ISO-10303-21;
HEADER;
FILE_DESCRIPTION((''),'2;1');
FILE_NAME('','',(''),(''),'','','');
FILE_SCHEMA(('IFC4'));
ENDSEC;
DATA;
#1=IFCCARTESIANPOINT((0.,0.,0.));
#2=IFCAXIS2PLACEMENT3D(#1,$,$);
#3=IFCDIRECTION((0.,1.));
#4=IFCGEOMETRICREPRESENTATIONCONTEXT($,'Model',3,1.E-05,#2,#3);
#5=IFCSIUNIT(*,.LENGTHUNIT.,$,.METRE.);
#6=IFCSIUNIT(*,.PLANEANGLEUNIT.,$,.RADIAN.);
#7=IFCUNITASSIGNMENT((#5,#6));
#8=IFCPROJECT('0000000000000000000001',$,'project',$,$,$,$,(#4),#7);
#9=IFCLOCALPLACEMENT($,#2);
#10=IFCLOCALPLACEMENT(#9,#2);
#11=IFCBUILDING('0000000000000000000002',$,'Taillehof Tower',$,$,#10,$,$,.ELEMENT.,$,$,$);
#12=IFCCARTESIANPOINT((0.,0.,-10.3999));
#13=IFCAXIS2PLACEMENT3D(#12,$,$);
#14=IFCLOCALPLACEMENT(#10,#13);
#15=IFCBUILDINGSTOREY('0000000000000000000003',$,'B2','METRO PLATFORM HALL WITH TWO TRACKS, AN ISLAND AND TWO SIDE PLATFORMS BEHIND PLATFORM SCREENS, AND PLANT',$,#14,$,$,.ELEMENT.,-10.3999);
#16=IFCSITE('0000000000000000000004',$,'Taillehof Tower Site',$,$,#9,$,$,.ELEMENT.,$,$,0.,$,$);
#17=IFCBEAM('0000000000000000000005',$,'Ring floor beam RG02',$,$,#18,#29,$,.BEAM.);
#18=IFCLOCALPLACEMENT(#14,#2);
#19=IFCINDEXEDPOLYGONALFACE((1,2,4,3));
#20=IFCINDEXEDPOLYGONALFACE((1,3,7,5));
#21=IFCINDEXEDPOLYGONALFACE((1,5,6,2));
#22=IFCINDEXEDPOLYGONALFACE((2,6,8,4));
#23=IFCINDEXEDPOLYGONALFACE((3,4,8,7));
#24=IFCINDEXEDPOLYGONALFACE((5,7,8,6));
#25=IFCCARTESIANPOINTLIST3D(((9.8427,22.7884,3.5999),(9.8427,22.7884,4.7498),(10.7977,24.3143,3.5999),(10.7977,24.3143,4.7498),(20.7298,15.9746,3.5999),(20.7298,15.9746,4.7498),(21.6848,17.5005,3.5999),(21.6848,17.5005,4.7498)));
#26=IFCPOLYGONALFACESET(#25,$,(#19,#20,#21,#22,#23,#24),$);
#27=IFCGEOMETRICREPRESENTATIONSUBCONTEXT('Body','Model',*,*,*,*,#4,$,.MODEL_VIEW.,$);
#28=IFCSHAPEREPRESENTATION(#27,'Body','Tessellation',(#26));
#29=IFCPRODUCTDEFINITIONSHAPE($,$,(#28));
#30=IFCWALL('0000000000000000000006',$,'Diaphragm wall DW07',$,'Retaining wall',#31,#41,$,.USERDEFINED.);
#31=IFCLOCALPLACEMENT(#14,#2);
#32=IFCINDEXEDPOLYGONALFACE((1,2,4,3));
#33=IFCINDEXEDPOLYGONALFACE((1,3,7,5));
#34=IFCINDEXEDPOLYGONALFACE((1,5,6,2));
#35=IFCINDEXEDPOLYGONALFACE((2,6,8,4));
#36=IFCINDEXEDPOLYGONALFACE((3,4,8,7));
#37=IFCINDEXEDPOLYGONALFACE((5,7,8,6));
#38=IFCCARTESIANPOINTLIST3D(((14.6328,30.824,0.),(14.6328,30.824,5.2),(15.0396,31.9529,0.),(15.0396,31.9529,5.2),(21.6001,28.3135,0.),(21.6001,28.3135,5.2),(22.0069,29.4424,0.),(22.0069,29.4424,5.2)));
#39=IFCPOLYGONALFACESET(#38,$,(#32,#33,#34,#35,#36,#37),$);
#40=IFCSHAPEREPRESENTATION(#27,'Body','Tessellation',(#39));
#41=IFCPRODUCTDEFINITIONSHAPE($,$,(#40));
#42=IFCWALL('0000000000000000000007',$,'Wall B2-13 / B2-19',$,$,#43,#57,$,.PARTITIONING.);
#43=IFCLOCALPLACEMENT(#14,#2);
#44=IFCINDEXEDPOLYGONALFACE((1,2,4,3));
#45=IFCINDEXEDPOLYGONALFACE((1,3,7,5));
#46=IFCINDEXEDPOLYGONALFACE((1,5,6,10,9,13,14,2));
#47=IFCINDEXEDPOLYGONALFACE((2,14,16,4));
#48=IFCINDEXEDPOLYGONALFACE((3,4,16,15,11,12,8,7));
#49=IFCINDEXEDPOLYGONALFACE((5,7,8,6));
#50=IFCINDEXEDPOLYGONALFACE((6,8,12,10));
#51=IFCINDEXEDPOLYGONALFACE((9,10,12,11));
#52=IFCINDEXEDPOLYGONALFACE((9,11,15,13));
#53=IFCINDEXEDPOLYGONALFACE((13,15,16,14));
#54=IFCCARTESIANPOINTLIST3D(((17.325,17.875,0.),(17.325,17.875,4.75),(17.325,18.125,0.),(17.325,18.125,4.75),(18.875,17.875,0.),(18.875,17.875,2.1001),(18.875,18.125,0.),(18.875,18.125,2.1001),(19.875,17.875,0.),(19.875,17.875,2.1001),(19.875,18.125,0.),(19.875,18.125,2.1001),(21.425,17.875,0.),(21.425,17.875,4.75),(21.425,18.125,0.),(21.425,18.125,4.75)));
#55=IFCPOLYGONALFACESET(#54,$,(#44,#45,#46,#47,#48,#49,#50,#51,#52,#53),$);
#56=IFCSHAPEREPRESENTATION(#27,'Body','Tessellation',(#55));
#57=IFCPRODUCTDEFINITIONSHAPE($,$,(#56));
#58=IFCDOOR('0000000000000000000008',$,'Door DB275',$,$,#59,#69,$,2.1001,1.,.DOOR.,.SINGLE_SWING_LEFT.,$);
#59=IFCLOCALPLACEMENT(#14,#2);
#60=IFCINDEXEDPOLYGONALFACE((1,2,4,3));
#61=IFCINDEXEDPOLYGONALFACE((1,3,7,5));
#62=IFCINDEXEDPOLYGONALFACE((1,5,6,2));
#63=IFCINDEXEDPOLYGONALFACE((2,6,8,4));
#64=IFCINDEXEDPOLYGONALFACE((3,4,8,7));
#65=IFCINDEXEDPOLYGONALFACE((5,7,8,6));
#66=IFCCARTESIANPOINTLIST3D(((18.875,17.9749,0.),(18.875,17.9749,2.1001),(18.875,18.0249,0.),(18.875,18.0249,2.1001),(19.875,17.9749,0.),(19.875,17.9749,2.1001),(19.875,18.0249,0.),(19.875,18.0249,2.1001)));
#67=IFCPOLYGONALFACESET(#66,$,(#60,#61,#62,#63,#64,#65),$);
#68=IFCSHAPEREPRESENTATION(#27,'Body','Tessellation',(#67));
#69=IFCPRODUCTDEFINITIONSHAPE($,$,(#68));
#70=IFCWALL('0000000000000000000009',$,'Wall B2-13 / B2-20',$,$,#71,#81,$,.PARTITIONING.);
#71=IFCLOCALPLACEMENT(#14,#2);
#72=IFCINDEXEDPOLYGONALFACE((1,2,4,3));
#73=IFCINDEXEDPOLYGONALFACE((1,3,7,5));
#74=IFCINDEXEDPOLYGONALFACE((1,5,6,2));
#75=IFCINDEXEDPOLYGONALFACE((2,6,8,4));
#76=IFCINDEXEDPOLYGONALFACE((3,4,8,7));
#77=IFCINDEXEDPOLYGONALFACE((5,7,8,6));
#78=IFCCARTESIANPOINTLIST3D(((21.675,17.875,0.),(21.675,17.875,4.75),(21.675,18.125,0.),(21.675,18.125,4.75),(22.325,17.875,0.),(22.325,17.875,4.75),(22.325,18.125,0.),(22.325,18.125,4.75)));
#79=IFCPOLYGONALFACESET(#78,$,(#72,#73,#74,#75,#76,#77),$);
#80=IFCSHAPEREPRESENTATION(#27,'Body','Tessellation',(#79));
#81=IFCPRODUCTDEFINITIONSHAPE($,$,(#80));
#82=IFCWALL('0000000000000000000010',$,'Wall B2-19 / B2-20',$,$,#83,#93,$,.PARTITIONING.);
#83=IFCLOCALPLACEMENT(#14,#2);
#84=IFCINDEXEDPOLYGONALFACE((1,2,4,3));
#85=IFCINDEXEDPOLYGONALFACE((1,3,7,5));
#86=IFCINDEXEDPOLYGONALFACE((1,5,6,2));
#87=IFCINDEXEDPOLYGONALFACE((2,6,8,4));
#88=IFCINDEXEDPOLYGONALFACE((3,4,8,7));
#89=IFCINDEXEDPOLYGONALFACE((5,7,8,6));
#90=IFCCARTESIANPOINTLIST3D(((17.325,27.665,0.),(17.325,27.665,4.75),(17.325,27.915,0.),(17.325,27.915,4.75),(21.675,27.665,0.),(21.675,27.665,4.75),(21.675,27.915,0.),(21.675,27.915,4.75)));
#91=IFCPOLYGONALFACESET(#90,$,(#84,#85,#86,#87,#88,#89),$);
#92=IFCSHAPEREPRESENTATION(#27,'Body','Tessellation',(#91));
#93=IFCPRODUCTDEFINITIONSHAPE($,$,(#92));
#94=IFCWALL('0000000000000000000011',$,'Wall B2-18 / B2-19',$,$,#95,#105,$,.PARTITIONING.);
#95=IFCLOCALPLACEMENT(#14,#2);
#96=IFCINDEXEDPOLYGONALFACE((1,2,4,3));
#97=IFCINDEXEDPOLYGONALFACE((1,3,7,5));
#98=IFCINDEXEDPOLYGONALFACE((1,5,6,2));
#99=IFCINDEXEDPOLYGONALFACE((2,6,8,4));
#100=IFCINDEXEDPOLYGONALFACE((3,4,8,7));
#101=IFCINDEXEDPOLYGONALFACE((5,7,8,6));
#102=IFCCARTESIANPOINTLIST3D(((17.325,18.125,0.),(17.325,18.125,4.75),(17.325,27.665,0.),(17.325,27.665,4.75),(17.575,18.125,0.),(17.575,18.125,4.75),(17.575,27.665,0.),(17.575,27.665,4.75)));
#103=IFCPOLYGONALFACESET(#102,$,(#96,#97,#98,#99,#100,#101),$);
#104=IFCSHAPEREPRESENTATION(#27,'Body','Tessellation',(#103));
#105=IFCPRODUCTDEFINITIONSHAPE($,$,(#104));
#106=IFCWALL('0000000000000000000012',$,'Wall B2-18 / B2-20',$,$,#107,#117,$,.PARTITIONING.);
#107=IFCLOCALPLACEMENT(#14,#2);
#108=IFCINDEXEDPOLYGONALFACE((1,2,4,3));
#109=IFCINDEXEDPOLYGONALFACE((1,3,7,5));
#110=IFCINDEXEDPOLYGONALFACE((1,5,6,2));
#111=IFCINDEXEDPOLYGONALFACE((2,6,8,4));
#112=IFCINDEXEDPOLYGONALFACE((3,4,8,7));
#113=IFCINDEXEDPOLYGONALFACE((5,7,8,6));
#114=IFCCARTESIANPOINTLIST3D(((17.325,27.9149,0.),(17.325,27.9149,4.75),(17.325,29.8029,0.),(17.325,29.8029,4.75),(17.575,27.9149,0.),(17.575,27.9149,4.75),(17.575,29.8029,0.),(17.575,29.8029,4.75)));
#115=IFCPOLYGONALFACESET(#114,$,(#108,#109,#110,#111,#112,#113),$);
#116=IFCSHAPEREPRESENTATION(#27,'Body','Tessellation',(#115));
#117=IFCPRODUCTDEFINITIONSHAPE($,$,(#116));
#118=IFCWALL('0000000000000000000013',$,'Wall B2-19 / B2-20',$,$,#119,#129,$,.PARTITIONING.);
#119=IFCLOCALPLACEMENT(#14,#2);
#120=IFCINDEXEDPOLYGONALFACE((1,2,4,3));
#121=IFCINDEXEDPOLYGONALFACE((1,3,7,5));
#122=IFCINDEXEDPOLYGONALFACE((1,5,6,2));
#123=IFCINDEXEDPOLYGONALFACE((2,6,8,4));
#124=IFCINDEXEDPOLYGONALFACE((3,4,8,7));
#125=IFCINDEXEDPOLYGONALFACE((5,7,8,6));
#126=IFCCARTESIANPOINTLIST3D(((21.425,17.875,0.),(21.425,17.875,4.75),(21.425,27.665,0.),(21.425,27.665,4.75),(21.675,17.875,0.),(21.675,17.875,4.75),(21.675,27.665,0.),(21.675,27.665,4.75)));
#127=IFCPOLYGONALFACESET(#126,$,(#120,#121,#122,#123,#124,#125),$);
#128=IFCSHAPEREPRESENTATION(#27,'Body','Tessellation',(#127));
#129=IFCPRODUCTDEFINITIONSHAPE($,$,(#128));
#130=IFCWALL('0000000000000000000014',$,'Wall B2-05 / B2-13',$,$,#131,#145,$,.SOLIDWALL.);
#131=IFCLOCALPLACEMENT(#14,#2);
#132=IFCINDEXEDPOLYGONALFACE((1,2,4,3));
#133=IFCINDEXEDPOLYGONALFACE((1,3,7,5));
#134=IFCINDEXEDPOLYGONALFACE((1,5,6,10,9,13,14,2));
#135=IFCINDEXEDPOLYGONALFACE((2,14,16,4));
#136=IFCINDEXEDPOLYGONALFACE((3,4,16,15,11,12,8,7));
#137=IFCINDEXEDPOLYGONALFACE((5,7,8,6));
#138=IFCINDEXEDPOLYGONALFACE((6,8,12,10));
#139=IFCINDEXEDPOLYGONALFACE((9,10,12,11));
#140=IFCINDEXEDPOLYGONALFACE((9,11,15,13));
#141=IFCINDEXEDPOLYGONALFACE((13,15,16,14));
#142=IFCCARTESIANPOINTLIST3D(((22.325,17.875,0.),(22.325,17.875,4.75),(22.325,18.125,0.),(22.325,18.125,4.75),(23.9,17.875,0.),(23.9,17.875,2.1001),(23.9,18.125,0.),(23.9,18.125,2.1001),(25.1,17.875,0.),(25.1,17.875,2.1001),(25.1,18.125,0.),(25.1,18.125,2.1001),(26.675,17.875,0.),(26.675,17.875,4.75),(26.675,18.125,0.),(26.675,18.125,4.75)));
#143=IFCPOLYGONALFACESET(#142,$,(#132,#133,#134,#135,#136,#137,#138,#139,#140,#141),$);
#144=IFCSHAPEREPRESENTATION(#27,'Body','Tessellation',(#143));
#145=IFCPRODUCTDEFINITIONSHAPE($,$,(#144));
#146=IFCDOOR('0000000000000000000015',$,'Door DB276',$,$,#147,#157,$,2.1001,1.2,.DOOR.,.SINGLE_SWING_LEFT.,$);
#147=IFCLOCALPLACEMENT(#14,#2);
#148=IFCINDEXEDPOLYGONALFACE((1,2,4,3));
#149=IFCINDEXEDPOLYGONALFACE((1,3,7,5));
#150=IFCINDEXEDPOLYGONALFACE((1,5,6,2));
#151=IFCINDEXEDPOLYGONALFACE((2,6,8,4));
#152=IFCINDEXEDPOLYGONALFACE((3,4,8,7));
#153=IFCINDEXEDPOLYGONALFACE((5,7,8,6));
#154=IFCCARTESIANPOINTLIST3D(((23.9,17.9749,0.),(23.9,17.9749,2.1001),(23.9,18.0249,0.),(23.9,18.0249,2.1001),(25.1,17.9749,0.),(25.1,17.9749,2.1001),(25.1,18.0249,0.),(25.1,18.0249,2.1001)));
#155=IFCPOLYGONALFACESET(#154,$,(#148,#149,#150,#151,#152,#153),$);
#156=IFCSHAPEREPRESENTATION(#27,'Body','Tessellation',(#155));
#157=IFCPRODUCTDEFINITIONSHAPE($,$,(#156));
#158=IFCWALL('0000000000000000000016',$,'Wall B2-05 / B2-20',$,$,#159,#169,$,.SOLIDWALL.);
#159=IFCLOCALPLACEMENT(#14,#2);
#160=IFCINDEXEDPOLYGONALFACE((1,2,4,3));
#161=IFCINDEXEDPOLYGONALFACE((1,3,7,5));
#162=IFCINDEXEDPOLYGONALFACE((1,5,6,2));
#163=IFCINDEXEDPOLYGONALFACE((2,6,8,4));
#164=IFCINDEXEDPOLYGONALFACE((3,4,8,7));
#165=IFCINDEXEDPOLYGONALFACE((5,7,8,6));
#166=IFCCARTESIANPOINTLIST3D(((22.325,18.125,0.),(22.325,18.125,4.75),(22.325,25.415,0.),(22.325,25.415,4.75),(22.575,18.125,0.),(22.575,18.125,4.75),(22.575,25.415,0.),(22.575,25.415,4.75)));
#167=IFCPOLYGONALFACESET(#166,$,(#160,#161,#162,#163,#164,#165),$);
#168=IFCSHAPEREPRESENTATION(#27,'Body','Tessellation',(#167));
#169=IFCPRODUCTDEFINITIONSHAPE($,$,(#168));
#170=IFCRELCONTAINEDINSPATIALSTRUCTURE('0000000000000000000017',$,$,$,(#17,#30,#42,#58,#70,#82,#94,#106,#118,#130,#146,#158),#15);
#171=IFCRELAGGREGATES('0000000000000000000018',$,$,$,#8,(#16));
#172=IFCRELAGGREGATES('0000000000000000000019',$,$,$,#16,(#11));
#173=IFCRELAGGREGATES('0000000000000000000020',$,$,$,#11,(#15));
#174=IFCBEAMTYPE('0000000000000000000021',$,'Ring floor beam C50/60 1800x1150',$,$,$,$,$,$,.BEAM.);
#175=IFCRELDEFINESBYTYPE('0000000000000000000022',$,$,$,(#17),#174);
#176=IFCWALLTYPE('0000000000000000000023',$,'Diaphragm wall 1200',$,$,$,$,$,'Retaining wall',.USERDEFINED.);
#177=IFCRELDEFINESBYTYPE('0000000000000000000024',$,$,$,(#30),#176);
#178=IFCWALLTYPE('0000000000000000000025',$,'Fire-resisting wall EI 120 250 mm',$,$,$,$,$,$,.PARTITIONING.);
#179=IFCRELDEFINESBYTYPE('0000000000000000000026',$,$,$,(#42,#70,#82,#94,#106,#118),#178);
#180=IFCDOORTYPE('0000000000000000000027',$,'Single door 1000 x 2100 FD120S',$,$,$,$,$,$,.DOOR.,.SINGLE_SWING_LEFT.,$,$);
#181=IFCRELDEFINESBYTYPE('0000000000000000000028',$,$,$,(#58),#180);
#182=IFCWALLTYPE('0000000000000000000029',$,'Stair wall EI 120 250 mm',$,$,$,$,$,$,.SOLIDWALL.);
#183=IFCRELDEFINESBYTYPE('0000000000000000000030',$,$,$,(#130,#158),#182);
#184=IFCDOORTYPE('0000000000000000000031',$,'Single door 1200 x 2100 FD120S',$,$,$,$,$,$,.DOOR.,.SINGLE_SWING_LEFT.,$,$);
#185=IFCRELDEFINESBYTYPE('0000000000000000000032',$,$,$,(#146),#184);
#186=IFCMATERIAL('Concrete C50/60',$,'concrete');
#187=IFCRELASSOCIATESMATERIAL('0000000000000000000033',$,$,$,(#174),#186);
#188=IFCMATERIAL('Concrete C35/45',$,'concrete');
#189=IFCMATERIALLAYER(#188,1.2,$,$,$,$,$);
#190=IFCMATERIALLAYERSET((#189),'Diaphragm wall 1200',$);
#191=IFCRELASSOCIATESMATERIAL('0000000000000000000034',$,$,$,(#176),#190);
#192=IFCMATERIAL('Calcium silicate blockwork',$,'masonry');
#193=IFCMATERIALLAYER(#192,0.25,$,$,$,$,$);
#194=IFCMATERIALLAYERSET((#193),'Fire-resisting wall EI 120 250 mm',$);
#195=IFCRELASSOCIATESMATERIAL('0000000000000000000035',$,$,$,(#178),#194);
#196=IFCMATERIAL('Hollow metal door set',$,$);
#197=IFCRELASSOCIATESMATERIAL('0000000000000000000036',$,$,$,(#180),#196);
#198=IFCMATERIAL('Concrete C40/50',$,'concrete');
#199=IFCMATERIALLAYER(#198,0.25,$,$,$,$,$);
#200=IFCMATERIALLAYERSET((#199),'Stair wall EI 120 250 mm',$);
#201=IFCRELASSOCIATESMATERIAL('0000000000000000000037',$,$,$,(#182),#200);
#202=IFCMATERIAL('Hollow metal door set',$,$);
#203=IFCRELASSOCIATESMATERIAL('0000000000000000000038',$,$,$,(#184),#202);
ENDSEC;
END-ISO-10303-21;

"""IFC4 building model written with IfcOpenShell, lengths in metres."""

from ifc_helpers import new_model, si_unit, direction, frame, frame_2d, origin, origin_2d, place, context, subcontext, project, spatial, rectangle, extrude, material, layer, layer_set, material_profile, profile_set, type_object, element, fill, save


model = new_model("IFC4")

# Units and contexts
model_context = context("Model", 3, precision=1e-05, world=origin(), true_north=direction((0.0, 1.0)))
body_context = subcontext(model_context, "Body", "Model", "MODEL_VIEW")
ifc_project = project(units=[si_unit("LENGTHUNIT", "METRE"), si_unit("PLANEANGLEUNIT", "RADIAN")], contexts=[model_context])

# Site, building, storey
site_placement = place(None, origin())
site = spatial("IfcSite", under=ifc_project, at=site_placement, Name="Taillehof Tower Site", CompositionType="ELEMENT", RefElevation=0.0)
building_placement = place(site_placement, origin())
building = spatial("IfcBuilding", under=site, at=building_placement, Name="Taillehof Tower", CompositionType="ELEMENT")
storey_placement = place(building_placement, frame((0.0, 0.0, -10.3999)))
storey = spatial("IfcBuildingStorey", under=building, at=storey_placement, Name="B2", Description="METRO PLATFORM HALL WITH TWO TRACKS, AN ISLAND AND TWO SIDE PLATFORMS BEHIND PLATFORM SCREENS, AND PLANT", CompositionType="ELEMENT", Elevation=-10.3999)

# Beam
ifc_material_1 = material(Name="Concrete C50/60", Category="concrete")
ifc_material_profile_1 = material_profile(ifc_material_1, rectangle(XDim=1.8, YDim=1.1499, at=origin_2d()), Name="RC 1800x1150")
ifc_profile_set_1 = profile_set([ifc_material_profile_1], Name="Concrete C50/60")
beam_type_1 = type_object("IfcBeamType", Name="Ring floor beam C50/60 1800x1150", PredefinedType="BEAM", material=ifc_profile_set_1)
beam_1_placement = place(storey_placement, frame((21.2073, 16.7375, 4.1748), z_axis=(-0.84767, 0.530523, 0.0), x_axis=(-0.530523, -0.84767, 0.0)))
element("IfcBeam", 1, at=beam_1_placement, inside=storey, type_object=beam_type_1, Name="Ring floor beam RG02", PredefinedType="BEAM", context=body_context, shape_type="SweptSolid", body=[
    extrude(rectangle(XDim=1.8, YDim=1.1499, at=origin_2d()), origin(), (0.0, 0.0, 1.0), 12.8435),
])

# Wall
ifc_material_2 = material(Name="Concrete C35/45", Category="concrete")
ifc_layer_1 = layer(ifc_material_2, 1.2)
ifc_layer_set_1 = layer_set([ifc_layer_1], Name="Diaphragm wall 1200")
wall_type_1 = type_object("IfcWallType", Name="Diaphragm wall 1200", ElementType="Retaining wall", PredefinedType="USERDEFINED", material=ifc_layer_set_1)
wall_1_placement = place(storey_placement, frame((21.8035, 28.8779, 0.0), z_axis=(0.0, 0.0, 1.0), x_axis=(-0.940789, 0.338991, 0.0)))
element("IfcWall", 2, at=wall_1_placement, inside=storey, type_object=wall_type_1, Name="Diaphragm wall DW07", ObjectType="Retaining wall", PredefinedType="USERDEFINED", context=body_context, shape_type="SweptSolid", body=[
    extrude(rectangle(XDim=7.4058, YDim=1.2, at=frame_2d((3.7029, 0.0))), origin(), (0.0, 0.0, 1.0), 5.2),
])

# Wall, opening, door
ifc_material_3 = material(Name="Calcium silicate blockwork", Category="masonry")
ifc_layer_2 = layer(ifc_material_3, 0.25)
ifc_layer_set_2 = layer_set([ifc_layer_2], Name="Fire-resisting wall EI 120 250 mm")
wall_type_2 = type_object("IfcWallType", Name="Fire-resisting wall EI 120 250 mm", PredefinedType="PARTITIONING", material=ifc_layer_set_2)
wall_2_placement = place(storey_placement, frame((17.325, 18.0, 0.0), z_axis=(0.0, 0.0, 1.0), x_axis=(1.0, 0.0, 0.0)))
wall_2 = element("IfcWall", 3, at=wall_2_placement, inside=storey, type_object=wall_type_2, Name="Wall B2-13 / B2-19", PredefinedType="PARTITIONING", context=body_context, shape_type="SweptSolid", body=[
    extrude(rectangle(XDim=4.1001, YDim=0.25, at=frame_2d((2.05, 0.0))), origin(), (0.0, 0.0, 1.0), 4.75),
])
opening_1_placement = place(wall_2_placement, frame((1.55, 0.0, 0.0)))
opening_1 = element("IfcOpeningElement", 4, at=opening_1_placement, cuts=wall_2, PredefinedType="OPENING", context=body_context, shape_type="SweptSolid", body=[
    extrude(rectangle(XDim=1.0, YDim=2.1001, at=frame_2d((0.5, 1.05))), frame((0.0, 0.135, 0.0), z_axis=(0.0, -1.0, 0.0), x_axis=(1.0, 0.0, 0.0)), (0.0, 0.0, 1.0), 0.27),
])
ifc_material_4 = material(Name="Hollow metal door set")
door_type_1 = type_object("IfcDoorType", Name="Single door 1000 x 2100 FD120S", OperationType="SINGLE_SWING_LEFT", PredefinedType="DOOR", material=ifc_material_4)
door_1_placement = place(opening_1_placement, origin())
door_1 = element("IfcDoor", 5, at=door_1_placement, inside=storey, type_object=door_type_1, Name="Door DB275", OperationType="SINGLE_SWING_LEFT", OverallHeight=2.1001, OverallWidth=1.0, PredefinedType="DOOR", context=body_context, shape_type="SweptSolid", body=[
    extrude(rectangle(XDim=1.0, YDim=2.1001, at=frame_2d((0.5, 1.05))), frame((0.0, 0.0249, 0.0), z_axis=(0.0, -1.0, 0.0), x_axis=(1.0, 0.0, 0.0)), (0.0, 0.0, 1.0), 0.05),
])
fill(opening_1, door_1)

# Walls
wall_3_placement = place(storey_placement, frame((21.675, 18.0, 0.0), z_axis=(0.0, 0.0, 1.0), x_axis=(1.0, 0.0, 0.0)))
element("IfcWall", 6, at=wall_3_placement, inside=storey, type_object=wall_type_2, Name="Wall B2-13 / B2-20", PredefinedType="PARTITIONING", context=body_context, shape_type="SweptSolid", body=[
    extrude(rectangle(XDim=0.6499, YDim=0.25, at=frame_2d((0.325, 0.0))), origin(), (0.0, 0.0, 1.0), 4.75),
])
wall_4_placement = place(storey_placement, frame((17.325, 27.79, 0.0), z_axis=(0.0, 0.0, 1.0), x_axis=(1.0, 0.0, 0.0)))
element("IfcWall", 7, at=wall_4_placement, inside=storey, type_object=wall_type_2, Name="Wall B2-19 / B2-20", PredefinedType="PARTITIONING", context=body_context, shape_type="SweptSolid", body=[
    extrude(rectangle(XDim=4.3501, YDim=0.25, at=frame_2d((2.175, 0.0))), origin(), (0.0, 0.0, 1.0), 4.75),
])
wall_5_placement = place(storey_placement, frame((17.45, 18.125, 0.0), z_axis=(0.0, 0.0, 1.0), x_axis=(0.0, 1.0, 0.0)))
element("IfcWall", 8, at=wall_5_placement, inside=storey, type_object=wall_type_2, Name="Wall B2-18 / B2-19", PredefinedType="PARTITIONING", context=body_context, shape_type="SweptSolid", body=[
    extrude(rectangle(XDim=9.54, YDim=0.25, at=frame_2d((4.77, 0.0))), origin(), (0.0, 0.0, 1.0), 4.75),
])
wall_6_placement = place(storey_placement, frame((17.45, 27.915, 0.0), z_axis=(0.0, 0.0, 1.0), x_axis=(0.0, 1.0, 0.0)))
element("IfcWall", 9, at=wall_6_placement, inside=storey, type_object=wall_type_2, Name="Wall B2-18 / B2-20", PredefinedType="PARTITIONING", context=body_context, shape_type="SweptSolid", body=[
    extrude(rectangle(XDim=1.8879, YDim=0.25, at=frame_2d((0.9438, 0.0))), origin(), (0.0, 0.0, 1.0), 4.75),
])
wall_7_placement = place(storey_placement, frame((21.55, 17.875, 0.0), z_axis=(0.0, 0.0, 1.0), x_axis=(0.0, 1.0, 0.0)))
element("IfcWall", 10, at=wall_7_placement, inside=storey, type_object=wall_type_2, Name="Wall B2-19 / B2-20", PredefinedType="PARTITIONING", context=body_context, shape_type="SweptSolid", body=[
    extrude(rectangle(XDim=9.79, YDim=0.25, at=frame_2d((4.895, 0.0))), origin(), (0.0, 0.0, 1.0), 4.75),
])

# Wall, opening, door
ifc_material_5 = material(Name="Concrete C40/50", Category="concrete")
ifc_layer_3 = layer(ifc_material_5, 0.25)
ifc_layer_set_3 = layer_set([ifc_layer_3], Name="Stair wall EI 120 250 mm")
wall_type_3 = type_object("IfcWallType", Name="Stair wall EI 120 250 mm", PredefinedType="SOLIDWALL", material=ifc_layer_set_3)
wall_8_placement = place(storey_placement, frame((22.325, 18.0, 0.0), z_axis=(0.0, 0.0, 1.0), x_axis=(1.0, 0.0, 0.0)))
wall_8 = element("IfcWall", 11, at=wall_8_placement, inside=storey, type_object=wall_type_3, Name="Wall B2-05 / B2-13", PredefinedType="SOLIDWALL", context=body_context, shape_type="SweptSolid", body=[
    extrude(rectangle(XDim=4.3501, YDim=0.25, at=frame_2d((2.175, 0.0))), origin(), (0.0, 0.0, 1.0), 4.75),
])
opening_2_placement = place(wall_8_placement, frame((1.575, 0.0, 0.0)))
opening_2 = element("IfcOpeningElement", 12, at=opening_2_placement, cuts=wall_8, PredefinedType="OPENING", context=body_context, shape_type="SweptSolid", body=[
    extrude(rectangle(XDim=1.2, YDim=2.1001, at=frame_2d((0.6001, 1.05))), frame((0.0, 0.135, 0.0), z_axis=(0.0, -1.0, 0.0), x_axis=(1.0, 0.0, 0.0)), (0.0, 0.0, 1.0), 0.27),
])
ifc_material_6 = material(Name="Hollow metal door set")
door_type_2 = type_object("IfcDoorType", Name="Single door 1200 x 2100 FD120S", OperationType="SINGLE_SWING_LEFT", PredefinedType="DOOR", material=ifc_material_6)
door_2_placement = place(opening_2_placement, origin())
door_2 = element("IfcDoor", 13, at=door_2_placement, inside=storey, type_object=door_type_2, Name="Door DB276", OperationType="SINGLE_SWING_LEFT", OverallHeight=2.1001, OverallWidth=1.2, PredefinedType="DOOR", context=body_context, shape_type="SweptSolid", body=[
    extrude(rectangle(XDim=1.2, YDim=2.1001, at=frame_2d((0.6001, 1.05))), frame((0.0, 0.0249, 0.0), z_axis=(0.0, -1.0, 0.0), x_axis=(1.0, 0.0, 0.0)), (0.0, 0.0, 1.0), 0.05),
])
fill(opening_2, door_2)

# Wall
wall_9_placement = place(storey_placement, frame((22.45, 18.125, 0.0), z_axis=(0.0, 0.0, 1.0), x_axis=(0.0, 1.0, 0.0)))
element("IfcWall", 14, at=wall_9_placement, inside=storey, type_object=wall_type_3, Name="Wall B2-05 / B2-20", PredefinedType="SOLIDWALL", context=body_context, shape_type="SweptSolid", body=[
    extrude(rectangle(XDim=7.29, YDim=0.25, at=frame_2d((3.645, 0.0))), origin(), (0.0, 0.0, 1.0), 4.75),
])

save(model, "model.ifc")
